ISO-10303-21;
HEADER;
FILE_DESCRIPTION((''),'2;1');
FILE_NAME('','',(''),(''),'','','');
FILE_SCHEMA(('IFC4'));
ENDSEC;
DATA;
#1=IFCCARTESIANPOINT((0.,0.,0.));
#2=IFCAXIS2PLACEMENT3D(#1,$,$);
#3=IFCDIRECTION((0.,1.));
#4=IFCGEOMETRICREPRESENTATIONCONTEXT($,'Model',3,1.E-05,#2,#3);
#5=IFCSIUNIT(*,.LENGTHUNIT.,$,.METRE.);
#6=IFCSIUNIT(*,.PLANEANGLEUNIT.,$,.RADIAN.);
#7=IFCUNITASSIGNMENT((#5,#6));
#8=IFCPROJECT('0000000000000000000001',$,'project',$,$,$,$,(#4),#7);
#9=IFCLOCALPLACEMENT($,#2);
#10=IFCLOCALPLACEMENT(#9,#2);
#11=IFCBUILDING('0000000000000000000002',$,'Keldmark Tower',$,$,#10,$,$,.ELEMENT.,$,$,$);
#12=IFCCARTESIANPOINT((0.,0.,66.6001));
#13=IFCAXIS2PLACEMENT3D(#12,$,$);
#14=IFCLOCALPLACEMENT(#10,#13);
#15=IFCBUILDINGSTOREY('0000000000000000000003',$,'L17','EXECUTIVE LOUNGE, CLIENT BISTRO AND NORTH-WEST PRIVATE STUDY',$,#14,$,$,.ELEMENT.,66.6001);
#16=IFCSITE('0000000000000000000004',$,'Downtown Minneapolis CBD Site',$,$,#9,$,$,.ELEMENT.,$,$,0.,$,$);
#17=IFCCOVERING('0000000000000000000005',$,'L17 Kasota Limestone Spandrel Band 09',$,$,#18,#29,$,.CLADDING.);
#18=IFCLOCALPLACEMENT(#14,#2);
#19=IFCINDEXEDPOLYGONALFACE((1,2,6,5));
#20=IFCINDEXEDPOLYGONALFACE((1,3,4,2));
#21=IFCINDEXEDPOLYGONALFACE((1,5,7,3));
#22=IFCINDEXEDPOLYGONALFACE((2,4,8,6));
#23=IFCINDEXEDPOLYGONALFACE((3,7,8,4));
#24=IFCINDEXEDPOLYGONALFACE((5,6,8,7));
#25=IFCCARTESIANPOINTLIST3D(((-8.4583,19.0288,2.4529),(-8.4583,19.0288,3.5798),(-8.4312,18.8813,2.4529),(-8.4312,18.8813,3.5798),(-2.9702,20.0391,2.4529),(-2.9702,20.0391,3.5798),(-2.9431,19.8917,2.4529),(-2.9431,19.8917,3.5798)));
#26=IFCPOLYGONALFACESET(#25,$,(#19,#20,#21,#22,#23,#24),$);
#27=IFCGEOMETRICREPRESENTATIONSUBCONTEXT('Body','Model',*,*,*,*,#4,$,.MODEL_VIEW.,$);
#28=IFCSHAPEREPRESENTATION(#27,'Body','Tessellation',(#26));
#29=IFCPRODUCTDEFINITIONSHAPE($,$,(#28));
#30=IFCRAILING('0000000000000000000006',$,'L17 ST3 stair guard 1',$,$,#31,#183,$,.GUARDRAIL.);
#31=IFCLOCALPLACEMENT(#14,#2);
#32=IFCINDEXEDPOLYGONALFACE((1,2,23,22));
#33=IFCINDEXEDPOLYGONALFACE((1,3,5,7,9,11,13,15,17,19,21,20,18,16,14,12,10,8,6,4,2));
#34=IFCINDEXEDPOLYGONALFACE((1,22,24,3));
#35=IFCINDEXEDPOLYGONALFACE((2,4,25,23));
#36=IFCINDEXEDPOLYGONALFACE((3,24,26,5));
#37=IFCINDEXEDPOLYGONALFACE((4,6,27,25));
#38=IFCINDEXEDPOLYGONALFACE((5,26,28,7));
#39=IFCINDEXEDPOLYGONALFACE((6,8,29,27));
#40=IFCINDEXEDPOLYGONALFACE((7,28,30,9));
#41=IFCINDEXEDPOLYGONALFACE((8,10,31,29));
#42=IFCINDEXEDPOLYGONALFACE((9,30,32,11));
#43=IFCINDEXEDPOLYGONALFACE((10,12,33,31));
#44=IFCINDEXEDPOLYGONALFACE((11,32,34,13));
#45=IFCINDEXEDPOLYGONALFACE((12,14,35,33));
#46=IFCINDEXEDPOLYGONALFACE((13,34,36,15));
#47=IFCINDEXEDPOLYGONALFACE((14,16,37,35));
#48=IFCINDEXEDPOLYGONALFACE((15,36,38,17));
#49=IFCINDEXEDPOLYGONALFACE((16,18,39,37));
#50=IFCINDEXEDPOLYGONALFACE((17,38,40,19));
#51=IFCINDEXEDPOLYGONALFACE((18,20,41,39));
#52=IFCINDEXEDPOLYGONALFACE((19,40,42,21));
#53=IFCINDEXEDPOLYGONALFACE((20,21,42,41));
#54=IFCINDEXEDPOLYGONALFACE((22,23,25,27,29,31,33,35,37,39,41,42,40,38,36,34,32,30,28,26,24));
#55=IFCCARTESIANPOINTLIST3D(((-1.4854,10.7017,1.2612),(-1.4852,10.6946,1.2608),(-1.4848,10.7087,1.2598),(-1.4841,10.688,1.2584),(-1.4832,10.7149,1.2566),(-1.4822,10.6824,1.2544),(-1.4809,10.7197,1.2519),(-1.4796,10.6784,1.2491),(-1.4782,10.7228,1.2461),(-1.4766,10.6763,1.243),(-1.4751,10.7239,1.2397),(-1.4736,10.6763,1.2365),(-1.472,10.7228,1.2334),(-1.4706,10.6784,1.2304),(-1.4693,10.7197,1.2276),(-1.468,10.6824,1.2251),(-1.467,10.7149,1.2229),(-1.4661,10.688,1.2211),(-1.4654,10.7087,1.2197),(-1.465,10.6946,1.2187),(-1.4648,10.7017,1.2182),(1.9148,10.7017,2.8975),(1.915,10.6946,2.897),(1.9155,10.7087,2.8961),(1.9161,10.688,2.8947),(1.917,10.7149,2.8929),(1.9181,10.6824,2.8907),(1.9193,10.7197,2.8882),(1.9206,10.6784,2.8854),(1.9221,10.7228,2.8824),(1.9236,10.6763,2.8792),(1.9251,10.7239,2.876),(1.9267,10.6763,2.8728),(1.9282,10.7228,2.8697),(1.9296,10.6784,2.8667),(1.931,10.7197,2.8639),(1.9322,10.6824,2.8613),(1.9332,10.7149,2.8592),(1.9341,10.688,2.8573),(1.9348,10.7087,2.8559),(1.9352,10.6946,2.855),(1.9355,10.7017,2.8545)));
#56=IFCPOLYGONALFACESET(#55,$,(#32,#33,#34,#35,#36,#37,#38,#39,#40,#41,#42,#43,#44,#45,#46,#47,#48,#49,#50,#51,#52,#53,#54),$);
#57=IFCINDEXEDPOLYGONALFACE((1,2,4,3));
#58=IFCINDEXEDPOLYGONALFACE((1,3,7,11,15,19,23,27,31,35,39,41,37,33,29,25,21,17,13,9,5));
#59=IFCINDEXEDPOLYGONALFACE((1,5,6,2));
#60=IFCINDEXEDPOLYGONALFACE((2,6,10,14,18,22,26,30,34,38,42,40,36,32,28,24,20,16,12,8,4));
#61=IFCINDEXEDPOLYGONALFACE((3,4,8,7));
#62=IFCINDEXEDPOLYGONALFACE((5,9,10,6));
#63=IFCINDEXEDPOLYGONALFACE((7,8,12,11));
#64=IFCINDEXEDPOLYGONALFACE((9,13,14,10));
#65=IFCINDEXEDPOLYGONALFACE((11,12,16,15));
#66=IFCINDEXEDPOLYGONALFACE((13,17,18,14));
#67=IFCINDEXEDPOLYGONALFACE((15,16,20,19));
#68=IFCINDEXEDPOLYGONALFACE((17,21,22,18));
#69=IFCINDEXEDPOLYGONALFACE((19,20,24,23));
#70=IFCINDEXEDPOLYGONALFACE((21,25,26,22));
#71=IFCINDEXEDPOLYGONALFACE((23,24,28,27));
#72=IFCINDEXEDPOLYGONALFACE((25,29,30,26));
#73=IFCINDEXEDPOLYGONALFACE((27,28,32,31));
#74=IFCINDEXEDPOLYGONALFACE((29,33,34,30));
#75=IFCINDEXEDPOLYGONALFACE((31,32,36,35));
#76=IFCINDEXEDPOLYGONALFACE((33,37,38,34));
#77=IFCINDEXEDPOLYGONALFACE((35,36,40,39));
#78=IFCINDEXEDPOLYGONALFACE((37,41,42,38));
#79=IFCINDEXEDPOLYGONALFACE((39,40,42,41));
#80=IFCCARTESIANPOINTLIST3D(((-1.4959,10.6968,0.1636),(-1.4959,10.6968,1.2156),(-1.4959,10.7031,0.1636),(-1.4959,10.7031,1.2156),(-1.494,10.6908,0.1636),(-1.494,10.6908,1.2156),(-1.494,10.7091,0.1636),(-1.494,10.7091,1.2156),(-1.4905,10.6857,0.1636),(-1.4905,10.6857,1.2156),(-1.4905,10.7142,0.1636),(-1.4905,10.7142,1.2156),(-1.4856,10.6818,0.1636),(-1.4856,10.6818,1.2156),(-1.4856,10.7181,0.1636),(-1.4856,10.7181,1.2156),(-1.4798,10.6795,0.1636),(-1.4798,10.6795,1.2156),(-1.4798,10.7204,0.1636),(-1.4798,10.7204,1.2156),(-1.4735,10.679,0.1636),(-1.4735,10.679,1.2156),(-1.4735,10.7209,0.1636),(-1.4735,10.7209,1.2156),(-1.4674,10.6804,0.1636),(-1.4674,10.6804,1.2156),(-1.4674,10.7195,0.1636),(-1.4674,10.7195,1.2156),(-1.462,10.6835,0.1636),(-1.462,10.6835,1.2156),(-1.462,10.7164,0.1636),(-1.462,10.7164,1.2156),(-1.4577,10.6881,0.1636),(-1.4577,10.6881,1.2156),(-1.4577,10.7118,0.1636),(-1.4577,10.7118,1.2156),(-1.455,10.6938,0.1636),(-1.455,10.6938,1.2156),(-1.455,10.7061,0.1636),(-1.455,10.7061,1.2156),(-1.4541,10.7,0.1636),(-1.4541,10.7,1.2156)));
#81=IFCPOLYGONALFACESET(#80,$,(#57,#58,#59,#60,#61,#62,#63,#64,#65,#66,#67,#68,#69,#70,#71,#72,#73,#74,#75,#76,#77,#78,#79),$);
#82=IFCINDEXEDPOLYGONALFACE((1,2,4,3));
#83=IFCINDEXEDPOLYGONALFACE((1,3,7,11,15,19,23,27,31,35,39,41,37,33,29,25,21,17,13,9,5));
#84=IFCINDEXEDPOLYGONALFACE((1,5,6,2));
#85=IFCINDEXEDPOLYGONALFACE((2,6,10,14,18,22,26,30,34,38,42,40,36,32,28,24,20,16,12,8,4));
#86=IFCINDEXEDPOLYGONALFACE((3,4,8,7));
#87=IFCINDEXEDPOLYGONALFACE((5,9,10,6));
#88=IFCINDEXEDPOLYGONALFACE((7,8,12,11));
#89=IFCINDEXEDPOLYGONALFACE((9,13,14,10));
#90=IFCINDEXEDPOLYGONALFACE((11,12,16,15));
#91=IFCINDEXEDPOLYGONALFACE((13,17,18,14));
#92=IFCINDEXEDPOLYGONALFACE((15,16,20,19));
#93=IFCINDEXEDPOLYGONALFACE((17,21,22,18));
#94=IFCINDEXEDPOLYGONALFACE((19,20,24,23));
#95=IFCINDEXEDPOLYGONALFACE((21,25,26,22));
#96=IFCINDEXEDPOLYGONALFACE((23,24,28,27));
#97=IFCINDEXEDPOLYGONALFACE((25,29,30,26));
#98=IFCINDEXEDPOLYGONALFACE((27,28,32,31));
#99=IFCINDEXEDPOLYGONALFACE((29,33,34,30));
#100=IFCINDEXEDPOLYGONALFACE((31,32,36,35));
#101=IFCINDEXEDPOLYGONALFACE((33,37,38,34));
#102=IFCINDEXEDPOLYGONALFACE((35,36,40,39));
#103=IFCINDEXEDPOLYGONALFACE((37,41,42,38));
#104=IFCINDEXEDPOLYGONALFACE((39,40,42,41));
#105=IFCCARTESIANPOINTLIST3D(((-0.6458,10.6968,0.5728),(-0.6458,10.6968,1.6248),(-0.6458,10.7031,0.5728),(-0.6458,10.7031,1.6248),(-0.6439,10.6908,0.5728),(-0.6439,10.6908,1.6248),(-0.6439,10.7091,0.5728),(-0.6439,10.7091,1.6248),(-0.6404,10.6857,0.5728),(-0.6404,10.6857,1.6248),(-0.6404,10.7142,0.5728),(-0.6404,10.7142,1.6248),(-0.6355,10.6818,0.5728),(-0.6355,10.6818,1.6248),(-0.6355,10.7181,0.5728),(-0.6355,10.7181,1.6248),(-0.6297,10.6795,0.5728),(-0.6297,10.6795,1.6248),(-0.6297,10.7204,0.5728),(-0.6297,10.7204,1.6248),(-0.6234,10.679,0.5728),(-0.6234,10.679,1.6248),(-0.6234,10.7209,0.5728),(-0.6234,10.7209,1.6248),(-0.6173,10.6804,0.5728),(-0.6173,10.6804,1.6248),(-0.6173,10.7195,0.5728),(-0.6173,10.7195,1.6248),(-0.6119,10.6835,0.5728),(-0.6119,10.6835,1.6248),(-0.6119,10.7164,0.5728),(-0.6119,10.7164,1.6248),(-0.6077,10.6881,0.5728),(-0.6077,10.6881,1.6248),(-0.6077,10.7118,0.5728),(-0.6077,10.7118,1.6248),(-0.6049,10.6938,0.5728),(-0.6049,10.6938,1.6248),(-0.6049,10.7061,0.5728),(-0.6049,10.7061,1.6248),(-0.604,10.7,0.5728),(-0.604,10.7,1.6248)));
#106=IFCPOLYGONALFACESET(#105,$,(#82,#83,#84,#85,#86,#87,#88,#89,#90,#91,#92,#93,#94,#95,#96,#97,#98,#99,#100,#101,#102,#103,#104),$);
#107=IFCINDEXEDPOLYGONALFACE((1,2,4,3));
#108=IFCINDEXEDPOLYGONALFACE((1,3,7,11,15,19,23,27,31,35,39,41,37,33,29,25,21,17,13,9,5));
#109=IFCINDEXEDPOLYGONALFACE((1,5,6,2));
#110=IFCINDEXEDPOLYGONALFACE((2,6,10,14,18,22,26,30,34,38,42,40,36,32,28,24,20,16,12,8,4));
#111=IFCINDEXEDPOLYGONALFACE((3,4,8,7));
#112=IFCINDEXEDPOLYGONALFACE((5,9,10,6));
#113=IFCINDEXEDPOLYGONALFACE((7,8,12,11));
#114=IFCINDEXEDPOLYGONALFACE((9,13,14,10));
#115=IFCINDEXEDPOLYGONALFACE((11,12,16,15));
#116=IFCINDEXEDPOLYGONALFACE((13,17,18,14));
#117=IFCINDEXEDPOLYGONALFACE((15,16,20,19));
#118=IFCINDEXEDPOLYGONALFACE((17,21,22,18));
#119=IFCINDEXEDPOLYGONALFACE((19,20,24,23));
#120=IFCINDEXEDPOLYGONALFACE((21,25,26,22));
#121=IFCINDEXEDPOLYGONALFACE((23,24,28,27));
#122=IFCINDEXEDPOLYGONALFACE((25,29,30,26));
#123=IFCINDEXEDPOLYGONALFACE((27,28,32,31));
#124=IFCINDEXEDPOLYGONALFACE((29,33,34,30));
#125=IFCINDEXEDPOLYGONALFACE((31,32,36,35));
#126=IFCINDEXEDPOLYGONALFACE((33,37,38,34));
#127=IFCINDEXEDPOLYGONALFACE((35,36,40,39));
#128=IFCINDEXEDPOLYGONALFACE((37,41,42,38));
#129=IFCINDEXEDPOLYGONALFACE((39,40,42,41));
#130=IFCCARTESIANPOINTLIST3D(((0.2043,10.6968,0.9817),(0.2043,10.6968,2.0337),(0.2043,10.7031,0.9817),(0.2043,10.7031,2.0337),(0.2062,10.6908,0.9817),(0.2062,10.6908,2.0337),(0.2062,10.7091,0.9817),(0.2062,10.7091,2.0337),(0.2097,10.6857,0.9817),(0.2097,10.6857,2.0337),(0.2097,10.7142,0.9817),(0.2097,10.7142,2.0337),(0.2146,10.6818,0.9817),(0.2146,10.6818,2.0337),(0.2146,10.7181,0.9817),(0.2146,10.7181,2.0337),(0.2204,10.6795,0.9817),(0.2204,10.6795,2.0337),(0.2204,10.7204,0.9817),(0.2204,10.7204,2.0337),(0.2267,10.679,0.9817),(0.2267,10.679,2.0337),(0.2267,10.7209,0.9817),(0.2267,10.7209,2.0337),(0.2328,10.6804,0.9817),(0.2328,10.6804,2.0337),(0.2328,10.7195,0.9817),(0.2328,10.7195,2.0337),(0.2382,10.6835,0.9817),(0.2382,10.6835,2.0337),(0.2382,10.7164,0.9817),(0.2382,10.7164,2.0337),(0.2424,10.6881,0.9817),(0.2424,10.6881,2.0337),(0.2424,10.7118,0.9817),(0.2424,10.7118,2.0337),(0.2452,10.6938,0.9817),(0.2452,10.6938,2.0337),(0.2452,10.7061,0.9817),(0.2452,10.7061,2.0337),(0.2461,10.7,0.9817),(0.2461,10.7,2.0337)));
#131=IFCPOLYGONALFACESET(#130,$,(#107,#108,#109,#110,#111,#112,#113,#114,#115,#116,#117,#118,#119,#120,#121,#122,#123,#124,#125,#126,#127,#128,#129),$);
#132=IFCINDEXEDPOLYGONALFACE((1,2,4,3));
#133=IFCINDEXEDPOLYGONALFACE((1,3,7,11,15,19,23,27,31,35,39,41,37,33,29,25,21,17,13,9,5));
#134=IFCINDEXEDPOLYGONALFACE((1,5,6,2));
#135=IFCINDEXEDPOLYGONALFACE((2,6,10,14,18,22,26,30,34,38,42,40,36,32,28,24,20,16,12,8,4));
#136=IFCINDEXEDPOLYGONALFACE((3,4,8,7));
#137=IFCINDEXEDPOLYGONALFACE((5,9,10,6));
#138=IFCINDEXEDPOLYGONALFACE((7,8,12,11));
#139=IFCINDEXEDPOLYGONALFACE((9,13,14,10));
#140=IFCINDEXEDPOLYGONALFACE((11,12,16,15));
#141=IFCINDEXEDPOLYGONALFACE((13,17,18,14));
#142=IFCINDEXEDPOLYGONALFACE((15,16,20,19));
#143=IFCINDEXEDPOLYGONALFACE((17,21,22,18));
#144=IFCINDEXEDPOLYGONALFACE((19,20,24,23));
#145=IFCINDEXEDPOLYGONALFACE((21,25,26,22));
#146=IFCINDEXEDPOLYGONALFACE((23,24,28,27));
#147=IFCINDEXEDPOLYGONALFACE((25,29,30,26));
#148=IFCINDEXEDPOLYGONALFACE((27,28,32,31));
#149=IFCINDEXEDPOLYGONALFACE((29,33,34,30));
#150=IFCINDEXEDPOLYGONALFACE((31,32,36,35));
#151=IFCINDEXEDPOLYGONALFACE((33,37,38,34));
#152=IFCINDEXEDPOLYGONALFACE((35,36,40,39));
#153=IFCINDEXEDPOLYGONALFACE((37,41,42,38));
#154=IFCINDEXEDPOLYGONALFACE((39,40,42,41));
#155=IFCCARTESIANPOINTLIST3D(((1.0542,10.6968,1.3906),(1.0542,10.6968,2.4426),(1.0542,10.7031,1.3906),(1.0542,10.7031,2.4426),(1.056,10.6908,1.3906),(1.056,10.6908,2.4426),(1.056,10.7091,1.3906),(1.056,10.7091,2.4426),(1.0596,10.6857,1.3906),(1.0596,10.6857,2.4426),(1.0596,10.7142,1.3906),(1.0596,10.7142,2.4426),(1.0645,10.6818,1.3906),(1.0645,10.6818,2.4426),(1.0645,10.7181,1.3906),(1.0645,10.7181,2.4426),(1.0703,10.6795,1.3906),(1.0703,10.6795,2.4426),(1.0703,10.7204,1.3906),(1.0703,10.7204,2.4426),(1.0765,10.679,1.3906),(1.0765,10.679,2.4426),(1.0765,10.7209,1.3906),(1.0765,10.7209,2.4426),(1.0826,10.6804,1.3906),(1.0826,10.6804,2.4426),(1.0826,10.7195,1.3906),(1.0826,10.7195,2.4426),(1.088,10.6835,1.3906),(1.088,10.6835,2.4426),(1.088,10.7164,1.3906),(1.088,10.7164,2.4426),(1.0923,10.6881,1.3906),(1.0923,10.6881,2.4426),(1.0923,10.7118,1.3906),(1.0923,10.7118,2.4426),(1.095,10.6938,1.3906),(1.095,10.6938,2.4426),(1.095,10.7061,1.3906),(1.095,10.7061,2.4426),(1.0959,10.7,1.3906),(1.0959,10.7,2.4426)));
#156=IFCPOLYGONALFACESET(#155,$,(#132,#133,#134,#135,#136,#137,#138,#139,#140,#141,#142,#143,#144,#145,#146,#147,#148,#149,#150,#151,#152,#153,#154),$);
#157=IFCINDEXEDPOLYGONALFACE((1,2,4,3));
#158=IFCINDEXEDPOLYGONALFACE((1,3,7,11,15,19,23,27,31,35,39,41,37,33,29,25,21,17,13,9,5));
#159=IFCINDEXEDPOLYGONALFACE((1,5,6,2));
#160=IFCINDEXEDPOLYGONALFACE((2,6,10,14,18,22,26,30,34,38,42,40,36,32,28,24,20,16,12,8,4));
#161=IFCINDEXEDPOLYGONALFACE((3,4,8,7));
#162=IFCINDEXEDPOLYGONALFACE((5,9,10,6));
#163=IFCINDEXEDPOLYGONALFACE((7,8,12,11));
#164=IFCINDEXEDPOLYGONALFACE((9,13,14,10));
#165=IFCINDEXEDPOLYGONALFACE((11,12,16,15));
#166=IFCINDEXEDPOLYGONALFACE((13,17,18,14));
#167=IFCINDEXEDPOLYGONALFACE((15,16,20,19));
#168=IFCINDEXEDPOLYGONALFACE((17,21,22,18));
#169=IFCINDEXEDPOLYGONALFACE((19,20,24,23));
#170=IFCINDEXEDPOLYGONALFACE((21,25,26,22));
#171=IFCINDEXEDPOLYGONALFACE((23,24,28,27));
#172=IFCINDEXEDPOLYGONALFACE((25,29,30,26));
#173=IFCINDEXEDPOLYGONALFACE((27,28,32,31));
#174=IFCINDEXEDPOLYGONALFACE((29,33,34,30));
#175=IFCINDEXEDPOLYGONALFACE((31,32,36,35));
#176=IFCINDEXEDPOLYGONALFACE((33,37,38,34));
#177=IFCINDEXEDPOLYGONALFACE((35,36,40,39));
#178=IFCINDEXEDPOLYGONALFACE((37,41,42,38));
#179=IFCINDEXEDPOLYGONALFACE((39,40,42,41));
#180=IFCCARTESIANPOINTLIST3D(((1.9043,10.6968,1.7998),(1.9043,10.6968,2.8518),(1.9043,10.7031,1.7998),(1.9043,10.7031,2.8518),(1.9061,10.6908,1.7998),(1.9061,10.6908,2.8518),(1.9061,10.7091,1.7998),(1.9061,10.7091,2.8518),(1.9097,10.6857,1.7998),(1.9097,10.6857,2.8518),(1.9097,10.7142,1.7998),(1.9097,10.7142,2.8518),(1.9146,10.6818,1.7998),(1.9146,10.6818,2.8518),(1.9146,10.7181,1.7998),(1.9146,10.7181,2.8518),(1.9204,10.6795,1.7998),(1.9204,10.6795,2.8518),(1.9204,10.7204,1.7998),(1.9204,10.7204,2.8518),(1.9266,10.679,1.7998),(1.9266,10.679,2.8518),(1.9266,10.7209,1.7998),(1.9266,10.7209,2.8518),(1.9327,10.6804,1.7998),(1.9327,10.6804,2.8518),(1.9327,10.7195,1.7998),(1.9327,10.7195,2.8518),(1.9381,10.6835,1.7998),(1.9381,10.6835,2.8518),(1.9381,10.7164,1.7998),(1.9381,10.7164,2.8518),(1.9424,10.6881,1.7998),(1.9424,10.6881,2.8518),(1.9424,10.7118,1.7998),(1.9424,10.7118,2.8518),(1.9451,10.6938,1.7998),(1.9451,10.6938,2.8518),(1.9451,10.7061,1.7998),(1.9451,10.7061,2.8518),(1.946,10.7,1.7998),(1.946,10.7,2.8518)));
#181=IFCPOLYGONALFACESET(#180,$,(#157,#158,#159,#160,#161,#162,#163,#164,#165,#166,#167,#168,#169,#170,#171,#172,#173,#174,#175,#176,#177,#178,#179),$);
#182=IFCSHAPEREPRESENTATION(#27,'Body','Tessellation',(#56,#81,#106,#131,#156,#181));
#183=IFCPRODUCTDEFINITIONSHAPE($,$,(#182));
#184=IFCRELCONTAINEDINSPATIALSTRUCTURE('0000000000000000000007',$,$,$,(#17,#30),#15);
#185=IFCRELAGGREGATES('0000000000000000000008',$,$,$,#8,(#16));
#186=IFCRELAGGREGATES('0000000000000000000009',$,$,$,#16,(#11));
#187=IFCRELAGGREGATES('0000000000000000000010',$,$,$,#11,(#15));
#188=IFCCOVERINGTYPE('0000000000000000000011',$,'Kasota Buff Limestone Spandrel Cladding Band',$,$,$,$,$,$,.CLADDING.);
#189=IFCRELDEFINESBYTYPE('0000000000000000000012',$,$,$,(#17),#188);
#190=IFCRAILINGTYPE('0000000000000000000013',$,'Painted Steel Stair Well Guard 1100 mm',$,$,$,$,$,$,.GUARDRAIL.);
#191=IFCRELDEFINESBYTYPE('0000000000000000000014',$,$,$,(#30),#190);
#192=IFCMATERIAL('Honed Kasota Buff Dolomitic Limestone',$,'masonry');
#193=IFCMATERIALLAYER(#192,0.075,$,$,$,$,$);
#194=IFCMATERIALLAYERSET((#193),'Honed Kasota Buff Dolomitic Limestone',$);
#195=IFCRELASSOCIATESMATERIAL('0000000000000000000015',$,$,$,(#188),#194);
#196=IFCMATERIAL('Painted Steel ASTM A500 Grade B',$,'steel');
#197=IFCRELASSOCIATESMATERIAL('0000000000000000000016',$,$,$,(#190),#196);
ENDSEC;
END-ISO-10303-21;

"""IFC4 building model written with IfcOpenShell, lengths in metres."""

from ifc_helpers import new_model, si_unit, direction, frame, origin, origin_2d, place, context, subcontext, project, spatial, rectangle, circle, extrude, material, layer, layer_set, type_object, element, save


model = new_model("IFC4")

# Units and contexts
model_context = context("Model", 3, precision=1e-05, world=origin(), true_north=direction((0.0, 1.0)))
body_context = subcontext(model_context, "Body", "Model", "MODEL_VIEW")
ifc_project = project(units=[si_unit("LENGTHUNIT", "METRE"), si_unit("PLANEANGLEUNIT", "RADIAN")], contexts=[model_context])

# Site, building, storey
site_placement = place(None, origin())
site = spatial("IfcSite", under=ifc_project, at=site_placement, Name="Downtown Minneapolis CBD Site", CompositionType="ELEMENT", RefElevation=0.0)
building_placement = place(site_placement, origin())
building = spatial("IfcBuilding", under=site, at=building_placement, Name="Keldmark Tower", CompositionType="ELEMENT")
storey_placement = place(building_placement, frame((0.0, 0.0, 66.6001)))
storey = spatial("IfcBuildingStorey", under=building, at=storey_placement, Name="L17", Description="EXECUTIVE LOUNGE, CLIENT BISTRO AND NORTH-WEST PRIVATE STUDY", CompositionType="ELEMENT", Elevation=66.6001)

# Covering
ifc_material_1 = material(Name="Honed Kasota Buff Dolomitic Limestone", Category="masonry")
ifc_layer_1 = layer(ifc_material_1, 0.075)
ifc_layer_set_1 = layer_set([ifc_layer_1], Name="Honed Kasota Buff Dolomitic Limestone")
covering_type = type_object("IfcCoveringType", Name="Kasota Buff Limestone Spandrel Cladding Band", PredefinedType="CLADDING", material=ifc_layer_set_1)
covering_placement = place(storey_placement, frame((-5.7007, 19.4602, 2.4529), z_axis=(0.0, 0.0, 1.0), x_axis=(-0.983474, -0.181051, 0.0)))
element("IfcCovering", 1, at=covering_placement, inside=storey, type_object=covering_type, Name="L17 Kasota Limestone Spandrel Band 09", PredefinedType="CLADDING", context=body_context, shape_type="SweptSolid", body=[
    extrude(rectangle(XDim=5.5803, YDim=0.1499, at=origin_2d()), origin(), (0.0, 0.0, 1.0), 1.127),
])

# Railing
ifc_material_2 = material(Name="Painted Steel ASTM A500 Grade B", Category="steel")
railing_type = type_object("IfcRailingType", Name="Painted Steel Stair Well Guard 1100 mm", PredefinedType="GUARDRAIL", material=ifc_material_2)
railing_1_placement = place(storey_placement, frame((-1.4751, 10.7, 0.1636)))
element("IfcRailing", 2, at=railing_1_placement, inside=storey, type_object=railing_type, Name="L17 ST3 stair guard 1", PredefinedType="GUARDRAIL", context=body_context, shape_type="SweptSolid", body=[
    extrude(circle(Radius=0.0239, at=origin_2d()), frame((0.0, 0.0, 1.0762), z_axis=(0.901093, 0.0, 0.433627), x_axis=(0.0, 1.0, 0.0)), (0.0, 0.0, 1.0), 3.7734),
    extrude(circle(Radius=0.021, at=origin_2d()), origin(), (0.0, 0.0, 1.0), 1.052),
    extrude(circle(Radius=0.021, at=origin_2d()), frame((0.8501, 0.0, 0.4092)), (0.0, 0.0, 1.0), 1.052),
    extrude(circle(Radius=0.021, at=origin_2d()), frame((1.7002, 0.0, 0.8181)), (0.0, 0.0, 1.0), 1.052),
    extrude(circle(Radius=0.021, at=origin_2d()), frame((2.55, 0.0, 1.2271)), (0.0, 0.0, 1.0), 1.052),
    extrude(circle(Radius=0.021, at=origin_2d()), frame((3.4001, 0.0, 1.6362)), (0.0, 0.0, 1.0), 1.052),
])

save(model, "model.ifc")
